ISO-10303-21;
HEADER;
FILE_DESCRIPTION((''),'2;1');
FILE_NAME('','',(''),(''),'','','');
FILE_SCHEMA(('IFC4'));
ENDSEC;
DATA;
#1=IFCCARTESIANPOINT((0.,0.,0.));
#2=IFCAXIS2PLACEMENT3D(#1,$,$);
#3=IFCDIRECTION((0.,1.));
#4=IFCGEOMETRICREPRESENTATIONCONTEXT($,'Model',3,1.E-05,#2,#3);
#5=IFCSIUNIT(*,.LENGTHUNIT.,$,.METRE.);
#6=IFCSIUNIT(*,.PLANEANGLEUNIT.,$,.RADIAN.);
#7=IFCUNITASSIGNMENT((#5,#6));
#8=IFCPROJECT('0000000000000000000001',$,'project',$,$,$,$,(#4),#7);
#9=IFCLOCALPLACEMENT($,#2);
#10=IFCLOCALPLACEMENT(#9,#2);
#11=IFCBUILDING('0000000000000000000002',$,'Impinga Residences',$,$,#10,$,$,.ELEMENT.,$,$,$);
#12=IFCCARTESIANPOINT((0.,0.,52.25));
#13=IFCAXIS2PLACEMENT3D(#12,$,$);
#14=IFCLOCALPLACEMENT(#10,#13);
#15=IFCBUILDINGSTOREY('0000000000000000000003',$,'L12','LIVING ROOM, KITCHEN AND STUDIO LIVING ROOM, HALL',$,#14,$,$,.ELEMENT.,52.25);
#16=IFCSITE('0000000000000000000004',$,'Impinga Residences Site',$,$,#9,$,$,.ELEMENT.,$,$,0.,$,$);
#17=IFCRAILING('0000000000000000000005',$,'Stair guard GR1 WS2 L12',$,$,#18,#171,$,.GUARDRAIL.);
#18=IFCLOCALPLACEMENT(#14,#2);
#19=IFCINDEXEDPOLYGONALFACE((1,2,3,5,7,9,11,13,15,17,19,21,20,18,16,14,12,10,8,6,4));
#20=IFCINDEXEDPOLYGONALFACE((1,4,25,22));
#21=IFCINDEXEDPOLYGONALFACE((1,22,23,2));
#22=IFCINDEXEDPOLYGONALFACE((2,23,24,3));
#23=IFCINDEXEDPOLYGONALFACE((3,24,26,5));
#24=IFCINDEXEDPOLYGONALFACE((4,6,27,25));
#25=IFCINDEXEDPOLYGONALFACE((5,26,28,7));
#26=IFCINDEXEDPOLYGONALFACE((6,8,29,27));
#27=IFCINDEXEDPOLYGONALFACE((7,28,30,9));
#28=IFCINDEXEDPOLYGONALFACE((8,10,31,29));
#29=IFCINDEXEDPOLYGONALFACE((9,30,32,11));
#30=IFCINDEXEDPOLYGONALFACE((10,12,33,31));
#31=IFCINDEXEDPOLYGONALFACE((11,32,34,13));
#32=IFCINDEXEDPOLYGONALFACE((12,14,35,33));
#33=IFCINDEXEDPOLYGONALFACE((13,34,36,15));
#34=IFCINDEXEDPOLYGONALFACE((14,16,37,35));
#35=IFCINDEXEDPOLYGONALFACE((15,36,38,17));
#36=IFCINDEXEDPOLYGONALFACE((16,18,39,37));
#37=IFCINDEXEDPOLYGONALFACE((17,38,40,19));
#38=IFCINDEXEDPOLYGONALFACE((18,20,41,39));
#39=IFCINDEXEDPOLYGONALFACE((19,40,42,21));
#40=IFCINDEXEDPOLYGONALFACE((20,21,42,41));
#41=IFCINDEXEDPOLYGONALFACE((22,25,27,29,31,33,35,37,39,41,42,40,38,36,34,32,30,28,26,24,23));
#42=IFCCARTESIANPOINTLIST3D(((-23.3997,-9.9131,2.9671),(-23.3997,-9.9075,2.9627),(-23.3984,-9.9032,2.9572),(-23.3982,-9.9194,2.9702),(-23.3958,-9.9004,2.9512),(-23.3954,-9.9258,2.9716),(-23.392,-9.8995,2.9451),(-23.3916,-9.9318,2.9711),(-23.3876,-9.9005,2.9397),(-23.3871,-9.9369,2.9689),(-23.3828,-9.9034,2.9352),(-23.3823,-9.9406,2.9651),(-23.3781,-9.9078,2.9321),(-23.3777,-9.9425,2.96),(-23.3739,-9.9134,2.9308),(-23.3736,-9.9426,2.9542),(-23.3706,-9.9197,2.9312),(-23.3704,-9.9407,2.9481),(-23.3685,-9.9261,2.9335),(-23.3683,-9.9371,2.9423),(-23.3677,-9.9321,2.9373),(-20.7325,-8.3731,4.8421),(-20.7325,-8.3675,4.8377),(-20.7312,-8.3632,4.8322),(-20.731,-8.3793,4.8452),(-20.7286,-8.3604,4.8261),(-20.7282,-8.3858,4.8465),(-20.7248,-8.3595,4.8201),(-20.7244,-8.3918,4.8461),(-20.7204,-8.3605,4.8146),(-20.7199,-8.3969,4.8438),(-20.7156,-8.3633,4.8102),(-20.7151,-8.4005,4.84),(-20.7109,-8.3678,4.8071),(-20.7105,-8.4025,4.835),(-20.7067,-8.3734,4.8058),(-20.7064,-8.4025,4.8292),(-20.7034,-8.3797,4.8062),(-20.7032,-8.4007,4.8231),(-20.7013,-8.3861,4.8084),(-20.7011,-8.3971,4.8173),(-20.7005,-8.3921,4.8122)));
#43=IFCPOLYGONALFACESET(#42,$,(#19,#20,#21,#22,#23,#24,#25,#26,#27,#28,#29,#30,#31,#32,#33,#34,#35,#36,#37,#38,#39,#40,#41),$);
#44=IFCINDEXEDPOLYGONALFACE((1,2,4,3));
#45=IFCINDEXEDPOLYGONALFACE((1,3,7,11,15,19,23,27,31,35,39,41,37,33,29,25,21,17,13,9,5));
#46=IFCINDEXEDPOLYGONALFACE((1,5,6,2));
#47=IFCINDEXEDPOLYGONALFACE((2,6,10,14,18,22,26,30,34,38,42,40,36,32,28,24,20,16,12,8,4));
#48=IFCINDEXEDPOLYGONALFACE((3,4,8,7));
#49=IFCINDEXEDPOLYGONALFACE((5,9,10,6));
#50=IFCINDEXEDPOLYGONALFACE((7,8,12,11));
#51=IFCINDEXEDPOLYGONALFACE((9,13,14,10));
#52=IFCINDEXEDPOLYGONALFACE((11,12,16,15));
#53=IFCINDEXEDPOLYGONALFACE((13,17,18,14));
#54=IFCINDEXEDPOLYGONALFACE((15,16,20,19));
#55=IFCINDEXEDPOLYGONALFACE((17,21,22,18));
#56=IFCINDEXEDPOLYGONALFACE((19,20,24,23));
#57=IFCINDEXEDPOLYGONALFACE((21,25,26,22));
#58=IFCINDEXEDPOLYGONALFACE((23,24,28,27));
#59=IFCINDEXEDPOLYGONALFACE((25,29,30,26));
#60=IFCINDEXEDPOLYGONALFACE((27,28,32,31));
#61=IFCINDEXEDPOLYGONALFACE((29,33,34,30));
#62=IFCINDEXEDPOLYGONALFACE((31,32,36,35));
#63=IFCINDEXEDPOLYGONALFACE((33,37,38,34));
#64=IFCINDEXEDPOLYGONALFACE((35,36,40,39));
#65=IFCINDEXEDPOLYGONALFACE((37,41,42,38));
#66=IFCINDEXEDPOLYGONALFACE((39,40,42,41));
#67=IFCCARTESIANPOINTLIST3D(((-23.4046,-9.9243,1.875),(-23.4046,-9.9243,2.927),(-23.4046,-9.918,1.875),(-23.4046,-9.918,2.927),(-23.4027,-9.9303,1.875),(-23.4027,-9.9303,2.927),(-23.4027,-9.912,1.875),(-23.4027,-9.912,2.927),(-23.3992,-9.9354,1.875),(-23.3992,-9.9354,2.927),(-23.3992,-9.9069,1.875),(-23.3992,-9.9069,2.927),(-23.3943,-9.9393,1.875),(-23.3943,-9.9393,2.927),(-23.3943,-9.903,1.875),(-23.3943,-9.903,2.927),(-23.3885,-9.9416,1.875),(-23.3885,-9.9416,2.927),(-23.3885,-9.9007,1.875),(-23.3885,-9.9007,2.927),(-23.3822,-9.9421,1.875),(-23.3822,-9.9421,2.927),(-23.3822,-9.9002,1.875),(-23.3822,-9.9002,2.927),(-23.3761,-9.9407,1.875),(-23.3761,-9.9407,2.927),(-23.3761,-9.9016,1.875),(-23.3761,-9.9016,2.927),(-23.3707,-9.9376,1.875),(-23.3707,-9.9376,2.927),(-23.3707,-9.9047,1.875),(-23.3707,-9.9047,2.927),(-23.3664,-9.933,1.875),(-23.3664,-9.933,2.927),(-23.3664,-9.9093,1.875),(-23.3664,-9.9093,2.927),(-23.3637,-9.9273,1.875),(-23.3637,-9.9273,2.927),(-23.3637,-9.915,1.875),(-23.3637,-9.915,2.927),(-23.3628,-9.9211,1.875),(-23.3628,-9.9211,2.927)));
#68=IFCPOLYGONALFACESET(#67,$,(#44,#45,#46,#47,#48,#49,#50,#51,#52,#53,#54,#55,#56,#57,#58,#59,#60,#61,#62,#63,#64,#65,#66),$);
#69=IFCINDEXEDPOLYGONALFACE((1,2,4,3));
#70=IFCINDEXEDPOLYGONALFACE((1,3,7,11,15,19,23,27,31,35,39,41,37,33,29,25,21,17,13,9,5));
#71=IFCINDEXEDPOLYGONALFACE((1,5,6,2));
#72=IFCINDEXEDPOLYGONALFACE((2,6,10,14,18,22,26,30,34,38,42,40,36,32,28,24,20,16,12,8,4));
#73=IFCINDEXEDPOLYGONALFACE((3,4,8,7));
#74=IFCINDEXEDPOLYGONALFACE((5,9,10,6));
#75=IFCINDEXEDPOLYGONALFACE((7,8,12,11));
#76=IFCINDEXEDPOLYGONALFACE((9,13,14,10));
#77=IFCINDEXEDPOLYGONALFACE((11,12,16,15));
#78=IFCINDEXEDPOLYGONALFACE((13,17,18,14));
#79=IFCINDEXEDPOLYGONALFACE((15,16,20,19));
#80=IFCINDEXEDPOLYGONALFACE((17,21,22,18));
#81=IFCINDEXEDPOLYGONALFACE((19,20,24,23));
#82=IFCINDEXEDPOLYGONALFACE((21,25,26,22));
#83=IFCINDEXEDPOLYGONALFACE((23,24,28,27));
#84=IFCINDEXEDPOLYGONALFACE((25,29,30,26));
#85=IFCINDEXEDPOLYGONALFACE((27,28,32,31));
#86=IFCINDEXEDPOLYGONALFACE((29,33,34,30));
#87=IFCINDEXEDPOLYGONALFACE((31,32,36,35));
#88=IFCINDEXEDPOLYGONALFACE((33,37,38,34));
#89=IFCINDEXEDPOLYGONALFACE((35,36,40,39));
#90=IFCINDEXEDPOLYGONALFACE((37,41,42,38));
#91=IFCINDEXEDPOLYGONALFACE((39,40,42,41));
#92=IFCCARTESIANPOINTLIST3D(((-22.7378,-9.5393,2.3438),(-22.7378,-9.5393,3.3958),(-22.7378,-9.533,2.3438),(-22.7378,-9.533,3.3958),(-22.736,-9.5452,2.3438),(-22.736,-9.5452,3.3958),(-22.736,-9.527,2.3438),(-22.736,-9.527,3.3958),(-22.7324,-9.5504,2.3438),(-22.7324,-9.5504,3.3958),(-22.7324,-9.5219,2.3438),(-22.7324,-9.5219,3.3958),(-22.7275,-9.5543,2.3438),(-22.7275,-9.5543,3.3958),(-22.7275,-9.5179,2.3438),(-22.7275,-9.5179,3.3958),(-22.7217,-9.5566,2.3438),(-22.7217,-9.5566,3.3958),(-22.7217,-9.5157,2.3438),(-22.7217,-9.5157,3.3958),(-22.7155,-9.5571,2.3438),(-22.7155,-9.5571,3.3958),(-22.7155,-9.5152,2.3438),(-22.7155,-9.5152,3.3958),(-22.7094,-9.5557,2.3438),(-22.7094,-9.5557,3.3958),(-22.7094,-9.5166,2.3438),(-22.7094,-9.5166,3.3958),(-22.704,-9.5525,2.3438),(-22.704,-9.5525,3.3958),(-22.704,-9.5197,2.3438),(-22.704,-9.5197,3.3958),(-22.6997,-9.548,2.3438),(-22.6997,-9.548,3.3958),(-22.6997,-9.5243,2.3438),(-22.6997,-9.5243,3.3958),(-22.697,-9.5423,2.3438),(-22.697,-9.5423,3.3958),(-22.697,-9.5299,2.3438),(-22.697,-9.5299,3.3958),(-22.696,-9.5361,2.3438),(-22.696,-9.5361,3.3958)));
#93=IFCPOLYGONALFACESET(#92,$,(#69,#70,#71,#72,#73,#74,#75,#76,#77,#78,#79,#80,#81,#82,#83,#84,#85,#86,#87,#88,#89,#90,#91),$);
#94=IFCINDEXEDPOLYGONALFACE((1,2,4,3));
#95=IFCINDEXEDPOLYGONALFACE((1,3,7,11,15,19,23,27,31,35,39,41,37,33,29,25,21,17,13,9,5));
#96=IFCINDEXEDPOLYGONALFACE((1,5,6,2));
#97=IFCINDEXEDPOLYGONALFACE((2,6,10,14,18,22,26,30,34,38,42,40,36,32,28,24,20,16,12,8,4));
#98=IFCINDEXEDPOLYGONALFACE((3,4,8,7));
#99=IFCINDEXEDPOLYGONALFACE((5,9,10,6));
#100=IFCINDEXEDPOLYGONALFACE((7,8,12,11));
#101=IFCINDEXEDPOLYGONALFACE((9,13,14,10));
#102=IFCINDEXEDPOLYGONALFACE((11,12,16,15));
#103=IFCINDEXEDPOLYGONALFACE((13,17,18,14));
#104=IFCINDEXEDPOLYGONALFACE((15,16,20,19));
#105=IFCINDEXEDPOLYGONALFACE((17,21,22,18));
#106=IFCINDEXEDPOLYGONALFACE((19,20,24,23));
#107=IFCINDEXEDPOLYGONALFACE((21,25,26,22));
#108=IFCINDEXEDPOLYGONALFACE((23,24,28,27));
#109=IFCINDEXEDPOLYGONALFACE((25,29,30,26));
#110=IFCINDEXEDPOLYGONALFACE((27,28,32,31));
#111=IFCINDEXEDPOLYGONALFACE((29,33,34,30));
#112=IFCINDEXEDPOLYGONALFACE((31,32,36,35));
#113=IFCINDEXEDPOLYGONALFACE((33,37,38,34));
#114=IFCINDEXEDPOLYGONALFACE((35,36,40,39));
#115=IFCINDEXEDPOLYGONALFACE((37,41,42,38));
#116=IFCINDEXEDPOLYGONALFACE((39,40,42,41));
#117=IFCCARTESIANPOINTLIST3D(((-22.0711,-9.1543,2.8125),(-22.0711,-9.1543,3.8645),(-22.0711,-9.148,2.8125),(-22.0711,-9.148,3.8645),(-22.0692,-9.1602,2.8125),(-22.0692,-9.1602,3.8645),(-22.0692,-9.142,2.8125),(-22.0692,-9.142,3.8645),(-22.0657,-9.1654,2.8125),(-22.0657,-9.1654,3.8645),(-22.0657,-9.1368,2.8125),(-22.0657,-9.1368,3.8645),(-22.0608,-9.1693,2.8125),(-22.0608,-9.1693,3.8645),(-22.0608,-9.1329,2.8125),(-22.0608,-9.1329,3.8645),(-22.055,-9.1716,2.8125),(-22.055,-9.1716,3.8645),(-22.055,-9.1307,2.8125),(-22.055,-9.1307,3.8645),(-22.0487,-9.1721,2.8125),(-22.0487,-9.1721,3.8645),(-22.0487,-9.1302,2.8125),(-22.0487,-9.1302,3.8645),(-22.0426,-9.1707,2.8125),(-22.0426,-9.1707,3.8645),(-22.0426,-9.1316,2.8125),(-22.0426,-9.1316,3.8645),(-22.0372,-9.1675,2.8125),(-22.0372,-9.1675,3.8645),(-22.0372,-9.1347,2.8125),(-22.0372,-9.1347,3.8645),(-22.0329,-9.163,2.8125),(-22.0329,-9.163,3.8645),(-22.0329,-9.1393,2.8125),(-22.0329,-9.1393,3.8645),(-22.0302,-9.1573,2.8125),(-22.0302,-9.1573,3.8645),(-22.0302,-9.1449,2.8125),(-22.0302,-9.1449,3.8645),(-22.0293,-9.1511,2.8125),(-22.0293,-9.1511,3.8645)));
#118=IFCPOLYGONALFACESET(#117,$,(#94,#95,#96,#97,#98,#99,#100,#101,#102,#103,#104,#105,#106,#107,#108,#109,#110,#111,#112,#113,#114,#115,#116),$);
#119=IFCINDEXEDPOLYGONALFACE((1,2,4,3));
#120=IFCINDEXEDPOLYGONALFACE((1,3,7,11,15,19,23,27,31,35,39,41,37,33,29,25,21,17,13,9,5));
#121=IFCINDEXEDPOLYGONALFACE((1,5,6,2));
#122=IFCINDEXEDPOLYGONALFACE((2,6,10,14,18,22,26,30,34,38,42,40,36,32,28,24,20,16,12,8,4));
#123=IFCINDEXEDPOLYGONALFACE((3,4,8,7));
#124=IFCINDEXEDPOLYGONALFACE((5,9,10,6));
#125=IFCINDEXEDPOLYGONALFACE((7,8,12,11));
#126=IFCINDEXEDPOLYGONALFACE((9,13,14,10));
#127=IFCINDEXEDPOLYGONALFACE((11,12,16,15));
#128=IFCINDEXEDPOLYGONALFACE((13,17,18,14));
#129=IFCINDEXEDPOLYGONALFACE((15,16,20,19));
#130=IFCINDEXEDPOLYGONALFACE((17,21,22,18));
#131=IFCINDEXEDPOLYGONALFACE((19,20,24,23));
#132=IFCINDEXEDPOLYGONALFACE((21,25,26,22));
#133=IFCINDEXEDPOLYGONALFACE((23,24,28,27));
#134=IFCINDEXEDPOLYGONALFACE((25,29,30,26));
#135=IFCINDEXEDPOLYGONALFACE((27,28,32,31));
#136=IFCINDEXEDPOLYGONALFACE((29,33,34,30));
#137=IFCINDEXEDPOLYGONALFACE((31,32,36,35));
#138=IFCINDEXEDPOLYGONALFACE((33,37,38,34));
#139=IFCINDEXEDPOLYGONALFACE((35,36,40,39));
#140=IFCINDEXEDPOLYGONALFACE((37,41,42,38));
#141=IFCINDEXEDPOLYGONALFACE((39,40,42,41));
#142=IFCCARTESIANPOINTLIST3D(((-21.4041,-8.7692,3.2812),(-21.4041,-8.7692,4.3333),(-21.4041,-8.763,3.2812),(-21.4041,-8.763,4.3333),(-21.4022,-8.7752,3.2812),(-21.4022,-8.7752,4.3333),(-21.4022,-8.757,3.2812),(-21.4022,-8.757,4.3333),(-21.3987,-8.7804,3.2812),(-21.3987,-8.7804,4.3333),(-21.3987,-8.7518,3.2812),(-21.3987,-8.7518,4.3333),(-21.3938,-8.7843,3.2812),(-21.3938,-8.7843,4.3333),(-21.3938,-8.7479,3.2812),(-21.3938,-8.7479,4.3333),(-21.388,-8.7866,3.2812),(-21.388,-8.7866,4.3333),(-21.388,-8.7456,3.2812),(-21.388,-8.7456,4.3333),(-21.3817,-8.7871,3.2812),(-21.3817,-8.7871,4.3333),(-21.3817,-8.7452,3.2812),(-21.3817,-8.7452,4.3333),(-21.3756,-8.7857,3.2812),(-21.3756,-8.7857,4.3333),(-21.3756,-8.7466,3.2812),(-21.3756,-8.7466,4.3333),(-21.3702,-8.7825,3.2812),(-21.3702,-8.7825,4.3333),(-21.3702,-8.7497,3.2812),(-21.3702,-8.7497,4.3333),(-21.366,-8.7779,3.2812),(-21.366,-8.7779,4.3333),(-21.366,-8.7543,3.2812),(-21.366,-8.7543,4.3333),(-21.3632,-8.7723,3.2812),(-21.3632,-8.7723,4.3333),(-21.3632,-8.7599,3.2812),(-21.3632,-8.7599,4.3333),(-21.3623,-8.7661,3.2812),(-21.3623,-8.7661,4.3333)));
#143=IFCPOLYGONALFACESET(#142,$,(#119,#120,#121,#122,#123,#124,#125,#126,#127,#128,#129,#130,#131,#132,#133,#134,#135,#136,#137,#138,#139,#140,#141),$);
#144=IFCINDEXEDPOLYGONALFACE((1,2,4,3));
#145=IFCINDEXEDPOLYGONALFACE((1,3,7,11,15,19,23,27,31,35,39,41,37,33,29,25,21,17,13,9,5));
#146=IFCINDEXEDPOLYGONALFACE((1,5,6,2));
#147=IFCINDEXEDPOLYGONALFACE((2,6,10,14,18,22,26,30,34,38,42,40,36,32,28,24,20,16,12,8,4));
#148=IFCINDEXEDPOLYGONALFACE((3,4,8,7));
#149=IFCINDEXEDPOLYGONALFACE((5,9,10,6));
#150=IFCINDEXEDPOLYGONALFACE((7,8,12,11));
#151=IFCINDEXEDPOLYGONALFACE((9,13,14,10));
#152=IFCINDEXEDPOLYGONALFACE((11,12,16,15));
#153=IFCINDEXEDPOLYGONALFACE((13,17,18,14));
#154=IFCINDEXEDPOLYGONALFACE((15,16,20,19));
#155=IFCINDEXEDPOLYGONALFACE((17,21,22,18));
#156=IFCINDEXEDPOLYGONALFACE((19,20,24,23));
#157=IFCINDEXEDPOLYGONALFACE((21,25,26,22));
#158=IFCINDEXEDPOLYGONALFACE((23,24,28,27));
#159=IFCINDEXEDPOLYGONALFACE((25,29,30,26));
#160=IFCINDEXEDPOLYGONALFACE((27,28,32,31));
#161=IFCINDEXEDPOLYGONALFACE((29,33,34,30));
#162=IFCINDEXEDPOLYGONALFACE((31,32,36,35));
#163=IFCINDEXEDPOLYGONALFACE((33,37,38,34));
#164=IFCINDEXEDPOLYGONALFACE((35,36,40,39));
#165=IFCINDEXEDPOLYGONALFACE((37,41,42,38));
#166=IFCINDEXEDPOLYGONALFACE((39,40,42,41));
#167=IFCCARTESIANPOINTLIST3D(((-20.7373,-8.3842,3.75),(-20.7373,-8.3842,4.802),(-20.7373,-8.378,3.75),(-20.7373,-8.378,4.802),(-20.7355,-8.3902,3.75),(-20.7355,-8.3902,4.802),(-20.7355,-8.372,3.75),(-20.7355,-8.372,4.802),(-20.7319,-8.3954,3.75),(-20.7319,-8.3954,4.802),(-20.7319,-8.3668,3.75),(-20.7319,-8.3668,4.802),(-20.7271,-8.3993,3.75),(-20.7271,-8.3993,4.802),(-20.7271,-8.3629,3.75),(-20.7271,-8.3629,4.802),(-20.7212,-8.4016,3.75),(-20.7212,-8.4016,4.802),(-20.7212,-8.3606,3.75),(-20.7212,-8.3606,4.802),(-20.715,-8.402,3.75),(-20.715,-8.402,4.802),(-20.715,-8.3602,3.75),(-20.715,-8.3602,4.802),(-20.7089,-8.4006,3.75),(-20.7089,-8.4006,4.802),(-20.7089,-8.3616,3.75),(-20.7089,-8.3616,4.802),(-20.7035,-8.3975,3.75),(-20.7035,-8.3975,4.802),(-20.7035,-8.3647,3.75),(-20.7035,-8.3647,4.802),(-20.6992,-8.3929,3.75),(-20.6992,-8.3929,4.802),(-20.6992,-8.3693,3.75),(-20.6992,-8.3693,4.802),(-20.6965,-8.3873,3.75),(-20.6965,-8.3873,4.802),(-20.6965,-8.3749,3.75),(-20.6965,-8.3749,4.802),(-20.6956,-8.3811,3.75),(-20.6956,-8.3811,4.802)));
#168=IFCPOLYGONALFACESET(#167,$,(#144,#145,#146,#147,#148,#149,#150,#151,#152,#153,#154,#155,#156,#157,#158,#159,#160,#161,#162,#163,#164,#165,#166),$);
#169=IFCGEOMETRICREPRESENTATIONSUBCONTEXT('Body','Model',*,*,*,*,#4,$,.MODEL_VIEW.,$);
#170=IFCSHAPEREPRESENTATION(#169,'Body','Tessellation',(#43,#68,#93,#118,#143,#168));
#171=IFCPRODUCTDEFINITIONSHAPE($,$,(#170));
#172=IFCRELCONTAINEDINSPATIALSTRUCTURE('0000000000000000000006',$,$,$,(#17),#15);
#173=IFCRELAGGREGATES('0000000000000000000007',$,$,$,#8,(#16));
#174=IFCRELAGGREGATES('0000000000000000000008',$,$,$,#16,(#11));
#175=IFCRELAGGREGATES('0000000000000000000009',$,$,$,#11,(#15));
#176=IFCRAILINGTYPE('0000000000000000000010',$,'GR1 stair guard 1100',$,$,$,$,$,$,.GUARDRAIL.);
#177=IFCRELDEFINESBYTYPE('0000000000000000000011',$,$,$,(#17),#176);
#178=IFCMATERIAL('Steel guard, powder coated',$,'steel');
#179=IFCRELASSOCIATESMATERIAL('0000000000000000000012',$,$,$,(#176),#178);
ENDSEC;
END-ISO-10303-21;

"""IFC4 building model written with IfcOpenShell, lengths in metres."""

from ifc_helpers import new_model, si_unit, direction, frame, origin, origin_2d, place, context, subcontext, project, spatial, circle, extrude, material, type_object, element, save


model = new_model("IFC4")

# Units and contexts
model_context = context("Model", 3, precision=1e-05, world=origin(), true_north=direction((0.0, 1.0)))
body_context = subcontext(model_context, "Body", "Model", "MODEL_VIEW")
ifc_project = project(units=[si_unit("LENGTHUNIT", "METRE"), si_unit("PLANEANGLEUNIT", "RADIAN")], contexts=[model_context])

# Site, building, storey
site_placement = place(None, origin())
site = spatial("IfcSite", under=ifc_project, at=site_placement, Name="Impinga Residences Site", CompositionType="ELEMENT", RefElevation=0.0)
building_placement = place(site_placement, origin())
building = spatial("IfcBuilding", under=site, at=building_placement, Name="Impinga Residences", CompositionType="ELEMENT")
storey_placement = place(building_placement, frame((0.0, 0.0, 52.25)))
storey = spatial("IfcBuildingStorey", under=building, at=storey_placement, Name="L12", Description="LIVING ROOM, KITCHEN AND STUDIO LIVING ROOM, HALL", CompositionType="ELEMENT", Elevation=52.25)

# Railing
ifc_material_1 = material(Name="Steel guard, powder coated", Category="steel")
railing_type_1 = type_object("IfcRailingType", Name="GR1 stair guard 1100", PredefinedType="GUARDRAIL", material=ifc_material_1)
railing_1_placement = place(storey_placement, frame((-23.3838, -9.9211, 1.875)))
element("IfcRailing", 1, at=railing_1_placement, inside=storey, type_object=railing_type_1, Name="Stair guard GR1 WS2 L12", PredefinedType="GUARDRAIL", context=body_context, shape_type="SweptSolid", body=[
    extrude(circle(Radius=0.0239, at=origin_2d()), frame((0.0, 0.0, 1.0762), z_axis=(0.739716, 0.427105, 0.520002), x_axis=(-0.500027, 0.86601, 0.0)), (0.0, 0.0, 1.0), 3.6057),
    extrude(circle(Radius=0.021, at=origin_2d()), origin(), (0.0, 0.0, 1.0), 1.052),
    extrude(circle(Radius=0.021, at=origin_2d()), frame((0.6667, 0.385, 0.4688)), (0.0, 0.0, 1.0), 1.052),
    extrude(circle(Radius=0.021, at=origin_2d()), frame((1.3335, 0.77, 0.9375)), (0.0, 0.0, 1.0), 1.052),
    extrude(circle(Radius=0.021, at=origin_2d()), frame((2.0005, 1.155, 1.4062)), (0.0, 0.0, 1.0), 1.052),
    extrude(circle(Radius=0.021, at=origin_2d()), frame((2.6672, 1.54, 1.875)), (0.0, 0.0, 1.0), 1.052),
])

save(model, "model.ifc")
